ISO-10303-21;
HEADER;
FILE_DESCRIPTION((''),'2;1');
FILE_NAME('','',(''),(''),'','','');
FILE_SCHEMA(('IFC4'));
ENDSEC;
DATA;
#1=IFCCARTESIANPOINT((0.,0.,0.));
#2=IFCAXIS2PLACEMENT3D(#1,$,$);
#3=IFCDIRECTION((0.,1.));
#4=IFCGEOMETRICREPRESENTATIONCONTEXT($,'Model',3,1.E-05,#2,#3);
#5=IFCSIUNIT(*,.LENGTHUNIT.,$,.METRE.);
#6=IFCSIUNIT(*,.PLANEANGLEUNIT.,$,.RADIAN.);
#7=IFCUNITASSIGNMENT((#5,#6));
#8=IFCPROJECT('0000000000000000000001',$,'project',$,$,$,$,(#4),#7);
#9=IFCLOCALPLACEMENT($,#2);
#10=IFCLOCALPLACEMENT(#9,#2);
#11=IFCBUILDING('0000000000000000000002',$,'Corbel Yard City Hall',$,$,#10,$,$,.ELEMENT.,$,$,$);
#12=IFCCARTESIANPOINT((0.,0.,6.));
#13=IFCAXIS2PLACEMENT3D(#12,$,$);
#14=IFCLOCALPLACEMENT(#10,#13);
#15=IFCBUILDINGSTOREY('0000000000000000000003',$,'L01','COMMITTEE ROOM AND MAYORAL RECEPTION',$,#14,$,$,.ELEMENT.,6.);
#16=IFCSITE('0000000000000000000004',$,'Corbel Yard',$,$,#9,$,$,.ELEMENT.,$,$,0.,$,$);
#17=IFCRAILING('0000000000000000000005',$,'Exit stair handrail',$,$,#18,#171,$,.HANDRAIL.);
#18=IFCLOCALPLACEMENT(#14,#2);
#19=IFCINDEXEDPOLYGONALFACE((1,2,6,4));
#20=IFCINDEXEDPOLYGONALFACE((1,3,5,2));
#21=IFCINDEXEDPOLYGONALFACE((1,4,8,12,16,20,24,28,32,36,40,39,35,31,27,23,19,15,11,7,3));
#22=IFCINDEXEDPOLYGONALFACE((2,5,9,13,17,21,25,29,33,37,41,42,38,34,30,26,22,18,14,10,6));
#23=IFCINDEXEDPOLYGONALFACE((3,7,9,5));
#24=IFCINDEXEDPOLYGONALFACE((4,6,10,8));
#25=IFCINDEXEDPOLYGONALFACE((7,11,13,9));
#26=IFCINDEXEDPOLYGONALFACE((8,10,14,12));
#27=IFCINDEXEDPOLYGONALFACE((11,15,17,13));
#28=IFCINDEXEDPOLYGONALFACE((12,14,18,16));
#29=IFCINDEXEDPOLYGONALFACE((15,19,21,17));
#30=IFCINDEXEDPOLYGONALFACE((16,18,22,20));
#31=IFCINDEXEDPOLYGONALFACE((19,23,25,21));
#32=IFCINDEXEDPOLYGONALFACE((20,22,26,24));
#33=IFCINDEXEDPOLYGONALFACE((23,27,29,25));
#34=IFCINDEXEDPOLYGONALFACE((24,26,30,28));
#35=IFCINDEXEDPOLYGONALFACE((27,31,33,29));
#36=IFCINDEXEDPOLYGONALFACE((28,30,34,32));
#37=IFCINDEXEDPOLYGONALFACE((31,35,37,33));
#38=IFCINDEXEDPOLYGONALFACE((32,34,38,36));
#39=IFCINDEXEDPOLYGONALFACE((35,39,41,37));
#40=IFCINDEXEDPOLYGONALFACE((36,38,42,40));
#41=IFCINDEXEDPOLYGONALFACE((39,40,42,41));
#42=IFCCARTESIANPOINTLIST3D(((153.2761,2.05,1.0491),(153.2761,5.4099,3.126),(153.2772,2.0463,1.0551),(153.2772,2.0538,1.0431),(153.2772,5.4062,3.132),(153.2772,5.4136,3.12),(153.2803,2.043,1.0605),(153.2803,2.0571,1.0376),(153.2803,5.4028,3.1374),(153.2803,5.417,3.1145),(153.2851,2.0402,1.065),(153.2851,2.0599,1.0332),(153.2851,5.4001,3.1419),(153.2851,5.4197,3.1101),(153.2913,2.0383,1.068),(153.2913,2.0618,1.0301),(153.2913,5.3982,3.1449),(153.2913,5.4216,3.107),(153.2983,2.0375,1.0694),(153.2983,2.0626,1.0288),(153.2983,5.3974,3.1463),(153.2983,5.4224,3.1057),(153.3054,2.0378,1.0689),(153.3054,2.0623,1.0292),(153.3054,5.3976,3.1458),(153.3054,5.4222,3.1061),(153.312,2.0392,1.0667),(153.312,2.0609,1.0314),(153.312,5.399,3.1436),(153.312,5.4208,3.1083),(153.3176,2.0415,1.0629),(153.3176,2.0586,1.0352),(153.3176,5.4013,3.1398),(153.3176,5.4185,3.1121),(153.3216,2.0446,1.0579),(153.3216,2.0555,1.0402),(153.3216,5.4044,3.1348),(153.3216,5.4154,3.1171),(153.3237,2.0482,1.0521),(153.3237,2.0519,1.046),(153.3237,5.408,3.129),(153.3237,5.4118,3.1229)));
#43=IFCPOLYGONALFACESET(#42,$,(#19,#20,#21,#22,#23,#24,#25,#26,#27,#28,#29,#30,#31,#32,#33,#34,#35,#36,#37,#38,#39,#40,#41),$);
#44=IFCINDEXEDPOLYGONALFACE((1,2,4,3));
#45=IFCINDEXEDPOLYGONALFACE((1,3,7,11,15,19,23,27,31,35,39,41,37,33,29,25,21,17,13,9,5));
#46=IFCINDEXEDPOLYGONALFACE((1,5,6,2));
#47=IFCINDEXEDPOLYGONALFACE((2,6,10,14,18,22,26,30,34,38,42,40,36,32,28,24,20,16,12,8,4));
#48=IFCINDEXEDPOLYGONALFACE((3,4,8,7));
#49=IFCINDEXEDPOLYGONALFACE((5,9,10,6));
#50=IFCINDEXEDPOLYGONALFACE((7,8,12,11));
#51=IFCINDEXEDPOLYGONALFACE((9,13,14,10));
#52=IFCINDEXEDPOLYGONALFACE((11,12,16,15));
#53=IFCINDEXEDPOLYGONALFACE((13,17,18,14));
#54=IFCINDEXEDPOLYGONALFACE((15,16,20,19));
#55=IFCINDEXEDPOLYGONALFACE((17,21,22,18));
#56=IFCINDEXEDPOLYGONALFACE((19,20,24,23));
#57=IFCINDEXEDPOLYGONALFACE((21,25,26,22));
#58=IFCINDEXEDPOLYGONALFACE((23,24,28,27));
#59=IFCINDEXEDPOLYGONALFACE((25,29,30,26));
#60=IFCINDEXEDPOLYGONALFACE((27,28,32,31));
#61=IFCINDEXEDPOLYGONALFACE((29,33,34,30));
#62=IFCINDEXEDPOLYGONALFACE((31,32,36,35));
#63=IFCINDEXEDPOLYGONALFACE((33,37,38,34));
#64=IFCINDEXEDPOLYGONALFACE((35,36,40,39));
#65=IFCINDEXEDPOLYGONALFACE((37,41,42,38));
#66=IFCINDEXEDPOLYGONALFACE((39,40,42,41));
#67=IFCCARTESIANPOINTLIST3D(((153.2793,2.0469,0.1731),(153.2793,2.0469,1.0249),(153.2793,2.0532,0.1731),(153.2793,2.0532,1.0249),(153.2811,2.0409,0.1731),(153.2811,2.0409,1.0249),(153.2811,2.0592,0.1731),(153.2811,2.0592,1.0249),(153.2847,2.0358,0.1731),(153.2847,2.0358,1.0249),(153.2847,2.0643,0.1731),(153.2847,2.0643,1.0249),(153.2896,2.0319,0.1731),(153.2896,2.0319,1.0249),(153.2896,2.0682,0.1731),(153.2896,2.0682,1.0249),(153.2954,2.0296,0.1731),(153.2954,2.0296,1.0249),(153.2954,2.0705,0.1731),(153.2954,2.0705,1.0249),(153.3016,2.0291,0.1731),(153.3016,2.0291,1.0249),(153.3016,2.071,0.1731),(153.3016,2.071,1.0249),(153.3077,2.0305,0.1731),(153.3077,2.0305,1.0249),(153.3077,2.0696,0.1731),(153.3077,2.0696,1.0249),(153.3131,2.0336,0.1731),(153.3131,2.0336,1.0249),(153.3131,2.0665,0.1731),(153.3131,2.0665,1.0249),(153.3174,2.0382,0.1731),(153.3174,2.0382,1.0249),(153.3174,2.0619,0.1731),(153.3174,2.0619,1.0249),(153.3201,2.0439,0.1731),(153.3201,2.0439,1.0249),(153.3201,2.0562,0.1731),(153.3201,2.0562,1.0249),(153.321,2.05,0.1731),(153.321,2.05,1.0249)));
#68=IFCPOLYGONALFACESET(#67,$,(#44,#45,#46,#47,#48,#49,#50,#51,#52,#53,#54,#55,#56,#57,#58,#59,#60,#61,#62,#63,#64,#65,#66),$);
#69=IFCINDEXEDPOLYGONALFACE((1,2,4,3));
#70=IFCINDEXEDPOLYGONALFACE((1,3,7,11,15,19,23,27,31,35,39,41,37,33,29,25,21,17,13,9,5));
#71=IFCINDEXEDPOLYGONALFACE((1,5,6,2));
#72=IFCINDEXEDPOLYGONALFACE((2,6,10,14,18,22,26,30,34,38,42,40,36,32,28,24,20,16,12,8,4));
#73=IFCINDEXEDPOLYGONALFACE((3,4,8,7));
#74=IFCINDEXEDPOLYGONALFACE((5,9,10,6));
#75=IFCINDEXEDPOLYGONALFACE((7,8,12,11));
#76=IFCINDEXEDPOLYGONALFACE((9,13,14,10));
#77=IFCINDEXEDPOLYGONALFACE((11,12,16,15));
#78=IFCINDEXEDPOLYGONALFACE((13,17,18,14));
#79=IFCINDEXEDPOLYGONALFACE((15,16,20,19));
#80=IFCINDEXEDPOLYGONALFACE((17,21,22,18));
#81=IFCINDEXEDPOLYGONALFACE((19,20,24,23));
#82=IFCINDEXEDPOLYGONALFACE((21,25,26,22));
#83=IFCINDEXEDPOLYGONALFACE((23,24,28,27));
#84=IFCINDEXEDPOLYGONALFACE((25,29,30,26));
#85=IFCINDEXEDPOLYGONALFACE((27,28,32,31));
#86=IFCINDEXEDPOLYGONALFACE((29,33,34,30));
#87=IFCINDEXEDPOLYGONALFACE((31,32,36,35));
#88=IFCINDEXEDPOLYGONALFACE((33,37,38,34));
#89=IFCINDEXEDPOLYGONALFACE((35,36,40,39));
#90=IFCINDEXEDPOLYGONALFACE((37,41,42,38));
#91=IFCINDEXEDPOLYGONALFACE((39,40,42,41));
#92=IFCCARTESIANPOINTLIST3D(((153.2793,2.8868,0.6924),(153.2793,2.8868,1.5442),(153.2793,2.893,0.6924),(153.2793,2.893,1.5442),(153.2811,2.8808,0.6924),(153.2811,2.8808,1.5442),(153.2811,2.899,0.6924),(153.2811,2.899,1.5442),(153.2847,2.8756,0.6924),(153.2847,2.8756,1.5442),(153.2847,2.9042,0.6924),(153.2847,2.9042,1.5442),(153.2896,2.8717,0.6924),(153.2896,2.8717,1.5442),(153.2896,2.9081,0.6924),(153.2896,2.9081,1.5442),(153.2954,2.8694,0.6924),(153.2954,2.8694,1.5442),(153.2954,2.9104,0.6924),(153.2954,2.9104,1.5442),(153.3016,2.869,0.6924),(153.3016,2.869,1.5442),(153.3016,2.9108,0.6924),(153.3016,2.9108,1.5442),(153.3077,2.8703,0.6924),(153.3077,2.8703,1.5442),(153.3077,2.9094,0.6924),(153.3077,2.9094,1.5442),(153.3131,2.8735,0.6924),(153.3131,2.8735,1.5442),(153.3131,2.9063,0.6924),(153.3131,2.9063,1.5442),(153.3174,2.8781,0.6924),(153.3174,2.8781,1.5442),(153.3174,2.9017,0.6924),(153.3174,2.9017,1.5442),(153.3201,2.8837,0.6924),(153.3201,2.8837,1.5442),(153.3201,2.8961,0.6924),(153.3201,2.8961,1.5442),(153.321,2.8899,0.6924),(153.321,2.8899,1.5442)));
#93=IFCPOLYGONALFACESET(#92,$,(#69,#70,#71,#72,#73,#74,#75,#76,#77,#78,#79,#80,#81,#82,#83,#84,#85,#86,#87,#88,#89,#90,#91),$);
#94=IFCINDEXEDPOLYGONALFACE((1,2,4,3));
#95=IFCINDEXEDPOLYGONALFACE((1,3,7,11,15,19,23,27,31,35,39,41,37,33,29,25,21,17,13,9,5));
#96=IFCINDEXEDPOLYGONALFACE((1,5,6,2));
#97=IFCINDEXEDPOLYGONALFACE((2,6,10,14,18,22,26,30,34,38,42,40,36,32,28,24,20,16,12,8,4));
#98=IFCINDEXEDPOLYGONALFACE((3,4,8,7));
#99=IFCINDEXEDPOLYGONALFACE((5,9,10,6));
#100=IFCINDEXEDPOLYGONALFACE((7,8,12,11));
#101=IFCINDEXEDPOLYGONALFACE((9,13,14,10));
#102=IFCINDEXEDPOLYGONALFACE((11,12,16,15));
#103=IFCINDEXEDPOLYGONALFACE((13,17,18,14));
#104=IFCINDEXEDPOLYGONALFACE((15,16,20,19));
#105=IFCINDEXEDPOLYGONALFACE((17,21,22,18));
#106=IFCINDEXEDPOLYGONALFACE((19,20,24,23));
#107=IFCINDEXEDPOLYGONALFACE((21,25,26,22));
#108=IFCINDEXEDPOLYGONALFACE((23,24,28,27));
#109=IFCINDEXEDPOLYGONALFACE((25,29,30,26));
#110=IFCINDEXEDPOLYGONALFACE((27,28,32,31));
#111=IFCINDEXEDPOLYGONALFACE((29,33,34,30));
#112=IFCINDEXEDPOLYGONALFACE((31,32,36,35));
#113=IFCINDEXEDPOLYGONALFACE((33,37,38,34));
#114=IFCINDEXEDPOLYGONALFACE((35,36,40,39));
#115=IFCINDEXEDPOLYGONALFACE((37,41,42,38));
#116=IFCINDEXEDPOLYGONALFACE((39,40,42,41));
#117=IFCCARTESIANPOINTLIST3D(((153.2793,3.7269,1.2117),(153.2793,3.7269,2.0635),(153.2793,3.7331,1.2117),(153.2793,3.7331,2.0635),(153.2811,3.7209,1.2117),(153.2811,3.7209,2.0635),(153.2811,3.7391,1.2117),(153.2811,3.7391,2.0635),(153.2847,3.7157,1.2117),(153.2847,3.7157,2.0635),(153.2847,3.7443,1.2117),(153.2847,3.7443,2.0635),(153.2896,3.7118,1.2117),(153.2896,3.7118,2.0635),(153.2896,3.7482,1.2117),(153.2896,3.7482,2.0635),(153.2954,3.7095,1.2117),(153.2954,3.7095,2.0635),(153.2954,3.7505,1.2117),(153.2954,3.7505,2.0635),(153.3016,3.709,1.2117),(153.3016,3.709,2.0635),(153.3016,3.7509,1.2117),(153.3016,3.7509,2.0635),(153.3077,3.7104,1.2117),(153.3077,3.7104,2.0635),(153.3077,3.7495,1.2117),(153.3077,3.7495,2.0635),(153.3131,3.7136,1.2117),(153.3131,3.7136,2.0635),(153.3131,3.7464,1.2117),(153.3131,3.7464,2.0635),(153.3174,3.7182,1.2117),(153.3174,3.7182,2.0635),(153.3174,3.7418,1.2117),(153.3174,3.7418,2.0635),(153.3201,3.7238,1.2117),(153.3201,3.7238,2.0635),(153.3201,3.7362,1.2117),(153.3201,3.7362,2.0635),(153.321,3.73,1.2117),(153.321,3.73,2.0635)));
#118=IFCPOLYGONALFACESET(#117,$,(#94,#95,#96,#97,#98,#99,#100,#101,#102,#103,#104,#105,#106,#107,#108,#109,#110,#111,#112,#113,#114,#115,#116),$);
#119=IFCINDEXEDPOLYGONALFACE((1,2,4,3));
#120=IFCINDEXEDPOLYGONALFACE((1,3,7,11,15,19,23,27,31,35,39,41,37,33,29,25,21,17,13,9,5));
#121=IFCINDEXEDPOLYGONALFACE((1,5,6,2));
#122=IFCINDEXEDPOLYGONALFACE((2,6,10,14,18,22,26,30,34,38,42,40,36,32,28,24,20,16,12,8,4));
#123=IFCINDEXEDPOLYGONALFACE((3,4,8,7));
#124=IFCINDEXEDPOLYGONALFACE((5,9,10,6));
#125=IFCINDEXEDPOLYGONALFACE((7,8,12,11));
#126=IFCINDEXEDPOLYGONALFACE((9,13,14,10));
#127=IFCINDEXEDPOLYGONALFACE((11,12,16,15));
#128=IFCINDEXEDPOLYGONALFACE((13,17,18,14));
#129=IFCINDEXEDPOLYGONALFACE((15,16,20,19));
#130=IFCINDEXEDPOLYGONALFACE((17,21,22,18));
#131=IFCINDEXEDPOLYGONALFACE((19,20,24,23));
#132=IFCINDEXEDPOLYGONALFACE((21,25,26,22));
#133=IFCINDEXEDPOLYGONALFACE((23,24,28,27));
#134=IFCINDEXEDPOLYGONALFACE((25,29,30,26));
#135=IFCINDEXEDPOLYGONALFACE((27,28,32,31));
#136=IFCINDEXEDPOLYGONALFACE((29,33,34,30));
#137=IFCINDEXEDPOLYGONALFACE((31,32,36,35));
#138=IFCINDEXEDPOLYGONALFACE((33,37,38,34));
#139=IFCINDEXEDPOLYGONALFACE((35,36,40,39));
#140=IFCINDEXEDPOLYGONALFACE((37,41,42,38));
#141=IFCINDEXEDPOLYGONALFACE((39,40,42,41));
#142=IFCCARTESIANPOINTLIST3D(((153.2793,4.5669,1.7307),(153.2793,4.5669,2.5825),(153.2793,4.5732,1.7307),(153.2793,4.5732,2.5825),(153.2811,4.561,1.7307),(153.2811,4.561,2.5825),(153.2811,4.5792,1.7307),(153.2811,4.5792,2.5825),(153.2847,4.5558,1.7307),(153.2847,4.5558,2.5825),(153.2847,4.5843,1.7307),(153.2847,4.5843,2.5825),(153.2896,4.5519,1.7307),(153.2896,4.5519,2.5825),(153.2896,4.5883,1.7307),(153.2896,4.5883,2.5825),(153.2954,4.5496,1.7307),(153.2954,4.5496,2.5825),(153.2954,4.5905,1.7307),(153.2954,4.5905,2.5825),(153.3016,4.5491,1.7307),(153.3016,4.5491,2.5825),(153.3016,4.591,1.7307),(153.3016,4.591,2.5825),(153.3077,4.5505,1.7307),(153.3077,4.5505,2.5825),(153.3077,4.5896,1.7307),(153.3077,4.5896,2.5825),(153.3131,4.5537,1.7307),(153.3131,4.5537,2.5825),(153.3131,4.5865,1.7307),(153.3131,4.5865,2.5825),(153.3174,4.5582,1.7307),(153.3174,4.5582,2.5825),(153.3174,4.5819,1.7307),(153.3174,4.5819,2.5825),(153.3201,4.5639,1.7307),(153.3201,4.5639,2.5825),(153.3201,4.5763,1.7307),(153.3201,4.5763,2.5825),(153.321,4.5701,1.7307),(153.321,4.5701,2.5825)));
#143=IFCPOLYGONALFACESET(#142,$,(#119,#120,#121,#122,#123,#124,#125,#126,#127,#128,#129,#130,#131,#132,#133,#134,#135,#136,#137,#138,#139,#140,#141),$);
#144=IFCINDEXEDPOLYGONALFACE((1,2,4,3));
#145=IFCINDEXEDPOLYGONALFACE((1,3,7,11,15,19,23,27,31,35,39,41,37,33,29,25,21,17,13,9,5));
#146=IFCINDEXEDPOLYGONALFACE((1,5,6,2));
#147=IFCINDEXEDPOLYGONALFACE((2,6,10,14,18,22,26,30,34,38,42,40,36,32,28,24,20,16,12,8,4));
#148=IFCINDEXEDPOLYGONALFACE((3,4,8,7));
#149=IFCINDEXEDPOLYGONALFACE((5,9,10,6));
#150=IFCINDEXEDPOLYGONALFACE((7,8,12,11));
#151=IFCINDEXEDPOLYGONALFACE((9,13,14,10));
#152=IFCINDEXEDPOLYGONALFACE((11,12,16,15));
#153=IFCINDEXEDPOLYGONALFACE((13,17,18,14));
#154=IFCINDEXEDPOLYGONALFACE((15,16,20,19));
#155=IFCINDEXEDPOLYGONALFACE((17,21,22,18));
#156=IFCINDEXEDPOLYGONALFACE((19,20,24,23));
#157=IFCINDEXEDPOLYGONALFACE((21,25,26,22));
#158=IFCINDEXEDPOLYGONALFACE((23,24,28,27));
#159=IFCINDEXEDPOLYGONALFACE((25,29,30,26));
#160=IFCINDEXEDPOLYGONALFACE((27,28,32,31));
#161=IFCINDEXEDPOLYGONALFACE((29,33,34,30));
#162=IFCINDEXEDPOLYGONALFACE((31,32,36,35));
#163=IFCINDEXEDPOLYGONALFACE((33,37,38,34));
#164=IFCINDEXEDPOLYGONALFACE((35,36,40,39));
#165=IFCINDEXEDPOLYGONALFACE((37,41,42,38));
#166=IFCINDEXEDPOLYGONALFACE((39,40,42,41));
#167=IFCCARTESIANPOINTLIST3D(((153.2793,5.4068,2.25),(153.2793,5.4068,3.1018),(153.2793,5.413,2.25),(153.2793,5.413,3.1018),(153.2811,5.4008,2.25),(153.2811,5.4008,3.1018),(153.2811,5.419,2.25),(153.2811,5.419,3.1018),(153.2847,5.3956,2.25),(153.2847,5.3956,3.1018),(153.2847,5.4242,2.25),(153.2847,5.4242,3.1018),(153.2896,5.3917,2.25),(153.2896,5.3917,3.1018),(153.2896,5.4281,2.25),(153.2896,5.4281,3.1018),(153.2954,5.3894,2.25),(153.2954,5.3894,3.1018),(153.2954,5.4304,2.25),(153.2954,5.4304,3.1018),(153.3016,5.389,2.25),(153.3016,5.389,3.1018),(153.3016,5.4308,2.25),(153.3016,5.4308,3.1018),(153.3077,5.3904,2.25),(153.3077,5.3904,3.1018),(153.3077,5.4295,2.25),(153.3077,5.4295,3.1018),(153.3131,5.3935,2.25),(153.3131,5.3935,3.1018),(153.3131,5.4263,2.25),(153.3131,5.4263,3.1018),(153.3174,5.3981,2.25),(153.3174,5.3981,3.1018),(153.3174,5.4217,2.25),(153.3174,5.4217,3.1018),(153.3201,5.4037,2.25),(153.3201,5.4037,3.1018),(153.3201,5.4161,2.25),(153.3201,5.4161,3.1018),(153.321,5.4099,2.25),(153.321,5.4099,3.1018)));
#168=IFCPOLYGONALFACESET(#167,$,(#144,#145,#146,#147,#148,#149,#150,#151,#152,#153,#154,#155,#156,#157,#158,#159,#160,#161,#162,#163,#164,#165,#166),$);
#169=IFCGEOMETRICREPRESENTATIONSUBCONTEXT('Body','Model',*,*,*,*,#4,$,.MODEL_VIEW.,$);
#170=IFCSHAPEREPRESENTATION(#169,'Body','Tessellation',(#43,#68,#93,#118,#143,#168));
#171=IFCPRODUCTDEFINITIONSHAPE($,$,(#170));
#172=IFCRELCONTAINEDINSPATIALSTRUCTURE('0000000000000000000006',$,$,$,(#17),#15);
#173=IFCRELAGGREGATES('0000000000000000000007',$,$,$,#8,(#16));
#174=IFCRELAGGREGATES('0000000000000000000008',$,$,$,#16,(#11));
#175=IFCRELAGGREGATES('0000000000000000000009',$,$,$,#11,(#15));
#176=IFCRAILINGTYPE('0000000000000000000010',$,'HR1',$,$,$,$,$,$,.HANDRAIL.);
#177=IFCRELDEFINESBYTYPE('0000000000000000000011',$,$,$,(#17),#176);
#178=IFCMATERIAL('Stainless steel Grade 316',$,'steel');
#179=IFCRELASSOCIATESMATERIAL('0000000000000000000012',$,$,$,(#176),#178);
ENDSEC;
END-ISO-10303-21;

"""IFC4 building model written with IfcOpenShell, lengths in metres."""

from ifc_helpers import new_model, si_unit, direction, frame, origin, origin_2d, place, context, subcontext, project, spatial, circle, extrude, material, type_object, element, save


model = new_model("IFC4")

# Units and contexts
model_context = context("Model", 3, precision=1e-05, world=origin(), true_north=direction((0.0, 1.0)))
body_context = subcontext(model_context, "Body", "Model", "MODEL_VIEW")
ifc_project = project(units=[si_unit("LENGTHUNIT", "METRE"), si_unit("PLANEANGLEUNIT", "RADIAN")], contexts=[model_context])

# Site, building, storey
site_placement = place(None, origin())
site = spatial("IfcSite", under=ifc_project, at=site_placement, Name="Corbel Yard", CompositionType="ELEMENT", RefElevation=0.0)
building_placement = place(site_placement, origin())
building = spatial("IfcBuilding", under=site, at=building_placement, Name="Corbel Yard City Hall", CompositionType="ELEMENT")
storey_placement = place(building_placement, frame((0.0, 0.0, 6.0)))
storey = spatial("IfcBuildingStorey", under=building, at=storey_placement, Name="L01", Description="COMMITTEE ROOM AND MAYORAL RECEPTION", CompositionType="ELEMENT", Elevation=6.0)

# Railing
ifc_material_1 = material(Name="Stainless steel Grade 316", Category="steel")
railing_type_1 = type_object("IfcRailingType", Name="HR1", PredefinedType="HANDRAIL", material=ifc_material_1)
for number, where, name in (
    (1, (153.3, 2.05, 0.1731), "Exit stair handrail"),
):
    element("IfcRailing", number, at=place(storey_placement, frame(where)), inside=storey, type_object=railing_type_1, Name=name, PredefinedType="HANDRAIL", context=body_context, shape_type="SweptSolid", body=[
        extrude(circle(Radius=0.0239, at=origin_2d()), frame((0.0, 0.0, 0.876), z_axis=(0.0, 0.850606, 0.525803), x_axis=(-1.0, 0.0, 0.0)), (0.0, 0.0, 1.0), 3.95),
        extrude(circle(Radius=0.021, at=origin_2d()), origin(), (0.0, 0.0, 1.0), 0.8518),
        extrude(circle(Radius=0.021, at=origin_2d()), frame((0.0, 0.8398, 0.5193)), (0.0, 0.0, 1.0), 0.8518),
        extrude(circle(Radius=0.021, at=origin_2d()), frame((0.0, 1.6799, 1.0386)), (0.0, 0.0, 1.0), 0.8518),
        extrude(circle(Radius=0.021, at=origin_2d()), frame((0.0, 2.52, 1.5576)), (0.0, 0.0, 1.0), 0.8518),
        extrude(circle(Radius=0.021, at=origin_2d()), frame((0.0, 3.3599, 2.0769)), (0.0, 0.0, 1.0), 0.8518),
    ])

save(model, "model.ifc")
